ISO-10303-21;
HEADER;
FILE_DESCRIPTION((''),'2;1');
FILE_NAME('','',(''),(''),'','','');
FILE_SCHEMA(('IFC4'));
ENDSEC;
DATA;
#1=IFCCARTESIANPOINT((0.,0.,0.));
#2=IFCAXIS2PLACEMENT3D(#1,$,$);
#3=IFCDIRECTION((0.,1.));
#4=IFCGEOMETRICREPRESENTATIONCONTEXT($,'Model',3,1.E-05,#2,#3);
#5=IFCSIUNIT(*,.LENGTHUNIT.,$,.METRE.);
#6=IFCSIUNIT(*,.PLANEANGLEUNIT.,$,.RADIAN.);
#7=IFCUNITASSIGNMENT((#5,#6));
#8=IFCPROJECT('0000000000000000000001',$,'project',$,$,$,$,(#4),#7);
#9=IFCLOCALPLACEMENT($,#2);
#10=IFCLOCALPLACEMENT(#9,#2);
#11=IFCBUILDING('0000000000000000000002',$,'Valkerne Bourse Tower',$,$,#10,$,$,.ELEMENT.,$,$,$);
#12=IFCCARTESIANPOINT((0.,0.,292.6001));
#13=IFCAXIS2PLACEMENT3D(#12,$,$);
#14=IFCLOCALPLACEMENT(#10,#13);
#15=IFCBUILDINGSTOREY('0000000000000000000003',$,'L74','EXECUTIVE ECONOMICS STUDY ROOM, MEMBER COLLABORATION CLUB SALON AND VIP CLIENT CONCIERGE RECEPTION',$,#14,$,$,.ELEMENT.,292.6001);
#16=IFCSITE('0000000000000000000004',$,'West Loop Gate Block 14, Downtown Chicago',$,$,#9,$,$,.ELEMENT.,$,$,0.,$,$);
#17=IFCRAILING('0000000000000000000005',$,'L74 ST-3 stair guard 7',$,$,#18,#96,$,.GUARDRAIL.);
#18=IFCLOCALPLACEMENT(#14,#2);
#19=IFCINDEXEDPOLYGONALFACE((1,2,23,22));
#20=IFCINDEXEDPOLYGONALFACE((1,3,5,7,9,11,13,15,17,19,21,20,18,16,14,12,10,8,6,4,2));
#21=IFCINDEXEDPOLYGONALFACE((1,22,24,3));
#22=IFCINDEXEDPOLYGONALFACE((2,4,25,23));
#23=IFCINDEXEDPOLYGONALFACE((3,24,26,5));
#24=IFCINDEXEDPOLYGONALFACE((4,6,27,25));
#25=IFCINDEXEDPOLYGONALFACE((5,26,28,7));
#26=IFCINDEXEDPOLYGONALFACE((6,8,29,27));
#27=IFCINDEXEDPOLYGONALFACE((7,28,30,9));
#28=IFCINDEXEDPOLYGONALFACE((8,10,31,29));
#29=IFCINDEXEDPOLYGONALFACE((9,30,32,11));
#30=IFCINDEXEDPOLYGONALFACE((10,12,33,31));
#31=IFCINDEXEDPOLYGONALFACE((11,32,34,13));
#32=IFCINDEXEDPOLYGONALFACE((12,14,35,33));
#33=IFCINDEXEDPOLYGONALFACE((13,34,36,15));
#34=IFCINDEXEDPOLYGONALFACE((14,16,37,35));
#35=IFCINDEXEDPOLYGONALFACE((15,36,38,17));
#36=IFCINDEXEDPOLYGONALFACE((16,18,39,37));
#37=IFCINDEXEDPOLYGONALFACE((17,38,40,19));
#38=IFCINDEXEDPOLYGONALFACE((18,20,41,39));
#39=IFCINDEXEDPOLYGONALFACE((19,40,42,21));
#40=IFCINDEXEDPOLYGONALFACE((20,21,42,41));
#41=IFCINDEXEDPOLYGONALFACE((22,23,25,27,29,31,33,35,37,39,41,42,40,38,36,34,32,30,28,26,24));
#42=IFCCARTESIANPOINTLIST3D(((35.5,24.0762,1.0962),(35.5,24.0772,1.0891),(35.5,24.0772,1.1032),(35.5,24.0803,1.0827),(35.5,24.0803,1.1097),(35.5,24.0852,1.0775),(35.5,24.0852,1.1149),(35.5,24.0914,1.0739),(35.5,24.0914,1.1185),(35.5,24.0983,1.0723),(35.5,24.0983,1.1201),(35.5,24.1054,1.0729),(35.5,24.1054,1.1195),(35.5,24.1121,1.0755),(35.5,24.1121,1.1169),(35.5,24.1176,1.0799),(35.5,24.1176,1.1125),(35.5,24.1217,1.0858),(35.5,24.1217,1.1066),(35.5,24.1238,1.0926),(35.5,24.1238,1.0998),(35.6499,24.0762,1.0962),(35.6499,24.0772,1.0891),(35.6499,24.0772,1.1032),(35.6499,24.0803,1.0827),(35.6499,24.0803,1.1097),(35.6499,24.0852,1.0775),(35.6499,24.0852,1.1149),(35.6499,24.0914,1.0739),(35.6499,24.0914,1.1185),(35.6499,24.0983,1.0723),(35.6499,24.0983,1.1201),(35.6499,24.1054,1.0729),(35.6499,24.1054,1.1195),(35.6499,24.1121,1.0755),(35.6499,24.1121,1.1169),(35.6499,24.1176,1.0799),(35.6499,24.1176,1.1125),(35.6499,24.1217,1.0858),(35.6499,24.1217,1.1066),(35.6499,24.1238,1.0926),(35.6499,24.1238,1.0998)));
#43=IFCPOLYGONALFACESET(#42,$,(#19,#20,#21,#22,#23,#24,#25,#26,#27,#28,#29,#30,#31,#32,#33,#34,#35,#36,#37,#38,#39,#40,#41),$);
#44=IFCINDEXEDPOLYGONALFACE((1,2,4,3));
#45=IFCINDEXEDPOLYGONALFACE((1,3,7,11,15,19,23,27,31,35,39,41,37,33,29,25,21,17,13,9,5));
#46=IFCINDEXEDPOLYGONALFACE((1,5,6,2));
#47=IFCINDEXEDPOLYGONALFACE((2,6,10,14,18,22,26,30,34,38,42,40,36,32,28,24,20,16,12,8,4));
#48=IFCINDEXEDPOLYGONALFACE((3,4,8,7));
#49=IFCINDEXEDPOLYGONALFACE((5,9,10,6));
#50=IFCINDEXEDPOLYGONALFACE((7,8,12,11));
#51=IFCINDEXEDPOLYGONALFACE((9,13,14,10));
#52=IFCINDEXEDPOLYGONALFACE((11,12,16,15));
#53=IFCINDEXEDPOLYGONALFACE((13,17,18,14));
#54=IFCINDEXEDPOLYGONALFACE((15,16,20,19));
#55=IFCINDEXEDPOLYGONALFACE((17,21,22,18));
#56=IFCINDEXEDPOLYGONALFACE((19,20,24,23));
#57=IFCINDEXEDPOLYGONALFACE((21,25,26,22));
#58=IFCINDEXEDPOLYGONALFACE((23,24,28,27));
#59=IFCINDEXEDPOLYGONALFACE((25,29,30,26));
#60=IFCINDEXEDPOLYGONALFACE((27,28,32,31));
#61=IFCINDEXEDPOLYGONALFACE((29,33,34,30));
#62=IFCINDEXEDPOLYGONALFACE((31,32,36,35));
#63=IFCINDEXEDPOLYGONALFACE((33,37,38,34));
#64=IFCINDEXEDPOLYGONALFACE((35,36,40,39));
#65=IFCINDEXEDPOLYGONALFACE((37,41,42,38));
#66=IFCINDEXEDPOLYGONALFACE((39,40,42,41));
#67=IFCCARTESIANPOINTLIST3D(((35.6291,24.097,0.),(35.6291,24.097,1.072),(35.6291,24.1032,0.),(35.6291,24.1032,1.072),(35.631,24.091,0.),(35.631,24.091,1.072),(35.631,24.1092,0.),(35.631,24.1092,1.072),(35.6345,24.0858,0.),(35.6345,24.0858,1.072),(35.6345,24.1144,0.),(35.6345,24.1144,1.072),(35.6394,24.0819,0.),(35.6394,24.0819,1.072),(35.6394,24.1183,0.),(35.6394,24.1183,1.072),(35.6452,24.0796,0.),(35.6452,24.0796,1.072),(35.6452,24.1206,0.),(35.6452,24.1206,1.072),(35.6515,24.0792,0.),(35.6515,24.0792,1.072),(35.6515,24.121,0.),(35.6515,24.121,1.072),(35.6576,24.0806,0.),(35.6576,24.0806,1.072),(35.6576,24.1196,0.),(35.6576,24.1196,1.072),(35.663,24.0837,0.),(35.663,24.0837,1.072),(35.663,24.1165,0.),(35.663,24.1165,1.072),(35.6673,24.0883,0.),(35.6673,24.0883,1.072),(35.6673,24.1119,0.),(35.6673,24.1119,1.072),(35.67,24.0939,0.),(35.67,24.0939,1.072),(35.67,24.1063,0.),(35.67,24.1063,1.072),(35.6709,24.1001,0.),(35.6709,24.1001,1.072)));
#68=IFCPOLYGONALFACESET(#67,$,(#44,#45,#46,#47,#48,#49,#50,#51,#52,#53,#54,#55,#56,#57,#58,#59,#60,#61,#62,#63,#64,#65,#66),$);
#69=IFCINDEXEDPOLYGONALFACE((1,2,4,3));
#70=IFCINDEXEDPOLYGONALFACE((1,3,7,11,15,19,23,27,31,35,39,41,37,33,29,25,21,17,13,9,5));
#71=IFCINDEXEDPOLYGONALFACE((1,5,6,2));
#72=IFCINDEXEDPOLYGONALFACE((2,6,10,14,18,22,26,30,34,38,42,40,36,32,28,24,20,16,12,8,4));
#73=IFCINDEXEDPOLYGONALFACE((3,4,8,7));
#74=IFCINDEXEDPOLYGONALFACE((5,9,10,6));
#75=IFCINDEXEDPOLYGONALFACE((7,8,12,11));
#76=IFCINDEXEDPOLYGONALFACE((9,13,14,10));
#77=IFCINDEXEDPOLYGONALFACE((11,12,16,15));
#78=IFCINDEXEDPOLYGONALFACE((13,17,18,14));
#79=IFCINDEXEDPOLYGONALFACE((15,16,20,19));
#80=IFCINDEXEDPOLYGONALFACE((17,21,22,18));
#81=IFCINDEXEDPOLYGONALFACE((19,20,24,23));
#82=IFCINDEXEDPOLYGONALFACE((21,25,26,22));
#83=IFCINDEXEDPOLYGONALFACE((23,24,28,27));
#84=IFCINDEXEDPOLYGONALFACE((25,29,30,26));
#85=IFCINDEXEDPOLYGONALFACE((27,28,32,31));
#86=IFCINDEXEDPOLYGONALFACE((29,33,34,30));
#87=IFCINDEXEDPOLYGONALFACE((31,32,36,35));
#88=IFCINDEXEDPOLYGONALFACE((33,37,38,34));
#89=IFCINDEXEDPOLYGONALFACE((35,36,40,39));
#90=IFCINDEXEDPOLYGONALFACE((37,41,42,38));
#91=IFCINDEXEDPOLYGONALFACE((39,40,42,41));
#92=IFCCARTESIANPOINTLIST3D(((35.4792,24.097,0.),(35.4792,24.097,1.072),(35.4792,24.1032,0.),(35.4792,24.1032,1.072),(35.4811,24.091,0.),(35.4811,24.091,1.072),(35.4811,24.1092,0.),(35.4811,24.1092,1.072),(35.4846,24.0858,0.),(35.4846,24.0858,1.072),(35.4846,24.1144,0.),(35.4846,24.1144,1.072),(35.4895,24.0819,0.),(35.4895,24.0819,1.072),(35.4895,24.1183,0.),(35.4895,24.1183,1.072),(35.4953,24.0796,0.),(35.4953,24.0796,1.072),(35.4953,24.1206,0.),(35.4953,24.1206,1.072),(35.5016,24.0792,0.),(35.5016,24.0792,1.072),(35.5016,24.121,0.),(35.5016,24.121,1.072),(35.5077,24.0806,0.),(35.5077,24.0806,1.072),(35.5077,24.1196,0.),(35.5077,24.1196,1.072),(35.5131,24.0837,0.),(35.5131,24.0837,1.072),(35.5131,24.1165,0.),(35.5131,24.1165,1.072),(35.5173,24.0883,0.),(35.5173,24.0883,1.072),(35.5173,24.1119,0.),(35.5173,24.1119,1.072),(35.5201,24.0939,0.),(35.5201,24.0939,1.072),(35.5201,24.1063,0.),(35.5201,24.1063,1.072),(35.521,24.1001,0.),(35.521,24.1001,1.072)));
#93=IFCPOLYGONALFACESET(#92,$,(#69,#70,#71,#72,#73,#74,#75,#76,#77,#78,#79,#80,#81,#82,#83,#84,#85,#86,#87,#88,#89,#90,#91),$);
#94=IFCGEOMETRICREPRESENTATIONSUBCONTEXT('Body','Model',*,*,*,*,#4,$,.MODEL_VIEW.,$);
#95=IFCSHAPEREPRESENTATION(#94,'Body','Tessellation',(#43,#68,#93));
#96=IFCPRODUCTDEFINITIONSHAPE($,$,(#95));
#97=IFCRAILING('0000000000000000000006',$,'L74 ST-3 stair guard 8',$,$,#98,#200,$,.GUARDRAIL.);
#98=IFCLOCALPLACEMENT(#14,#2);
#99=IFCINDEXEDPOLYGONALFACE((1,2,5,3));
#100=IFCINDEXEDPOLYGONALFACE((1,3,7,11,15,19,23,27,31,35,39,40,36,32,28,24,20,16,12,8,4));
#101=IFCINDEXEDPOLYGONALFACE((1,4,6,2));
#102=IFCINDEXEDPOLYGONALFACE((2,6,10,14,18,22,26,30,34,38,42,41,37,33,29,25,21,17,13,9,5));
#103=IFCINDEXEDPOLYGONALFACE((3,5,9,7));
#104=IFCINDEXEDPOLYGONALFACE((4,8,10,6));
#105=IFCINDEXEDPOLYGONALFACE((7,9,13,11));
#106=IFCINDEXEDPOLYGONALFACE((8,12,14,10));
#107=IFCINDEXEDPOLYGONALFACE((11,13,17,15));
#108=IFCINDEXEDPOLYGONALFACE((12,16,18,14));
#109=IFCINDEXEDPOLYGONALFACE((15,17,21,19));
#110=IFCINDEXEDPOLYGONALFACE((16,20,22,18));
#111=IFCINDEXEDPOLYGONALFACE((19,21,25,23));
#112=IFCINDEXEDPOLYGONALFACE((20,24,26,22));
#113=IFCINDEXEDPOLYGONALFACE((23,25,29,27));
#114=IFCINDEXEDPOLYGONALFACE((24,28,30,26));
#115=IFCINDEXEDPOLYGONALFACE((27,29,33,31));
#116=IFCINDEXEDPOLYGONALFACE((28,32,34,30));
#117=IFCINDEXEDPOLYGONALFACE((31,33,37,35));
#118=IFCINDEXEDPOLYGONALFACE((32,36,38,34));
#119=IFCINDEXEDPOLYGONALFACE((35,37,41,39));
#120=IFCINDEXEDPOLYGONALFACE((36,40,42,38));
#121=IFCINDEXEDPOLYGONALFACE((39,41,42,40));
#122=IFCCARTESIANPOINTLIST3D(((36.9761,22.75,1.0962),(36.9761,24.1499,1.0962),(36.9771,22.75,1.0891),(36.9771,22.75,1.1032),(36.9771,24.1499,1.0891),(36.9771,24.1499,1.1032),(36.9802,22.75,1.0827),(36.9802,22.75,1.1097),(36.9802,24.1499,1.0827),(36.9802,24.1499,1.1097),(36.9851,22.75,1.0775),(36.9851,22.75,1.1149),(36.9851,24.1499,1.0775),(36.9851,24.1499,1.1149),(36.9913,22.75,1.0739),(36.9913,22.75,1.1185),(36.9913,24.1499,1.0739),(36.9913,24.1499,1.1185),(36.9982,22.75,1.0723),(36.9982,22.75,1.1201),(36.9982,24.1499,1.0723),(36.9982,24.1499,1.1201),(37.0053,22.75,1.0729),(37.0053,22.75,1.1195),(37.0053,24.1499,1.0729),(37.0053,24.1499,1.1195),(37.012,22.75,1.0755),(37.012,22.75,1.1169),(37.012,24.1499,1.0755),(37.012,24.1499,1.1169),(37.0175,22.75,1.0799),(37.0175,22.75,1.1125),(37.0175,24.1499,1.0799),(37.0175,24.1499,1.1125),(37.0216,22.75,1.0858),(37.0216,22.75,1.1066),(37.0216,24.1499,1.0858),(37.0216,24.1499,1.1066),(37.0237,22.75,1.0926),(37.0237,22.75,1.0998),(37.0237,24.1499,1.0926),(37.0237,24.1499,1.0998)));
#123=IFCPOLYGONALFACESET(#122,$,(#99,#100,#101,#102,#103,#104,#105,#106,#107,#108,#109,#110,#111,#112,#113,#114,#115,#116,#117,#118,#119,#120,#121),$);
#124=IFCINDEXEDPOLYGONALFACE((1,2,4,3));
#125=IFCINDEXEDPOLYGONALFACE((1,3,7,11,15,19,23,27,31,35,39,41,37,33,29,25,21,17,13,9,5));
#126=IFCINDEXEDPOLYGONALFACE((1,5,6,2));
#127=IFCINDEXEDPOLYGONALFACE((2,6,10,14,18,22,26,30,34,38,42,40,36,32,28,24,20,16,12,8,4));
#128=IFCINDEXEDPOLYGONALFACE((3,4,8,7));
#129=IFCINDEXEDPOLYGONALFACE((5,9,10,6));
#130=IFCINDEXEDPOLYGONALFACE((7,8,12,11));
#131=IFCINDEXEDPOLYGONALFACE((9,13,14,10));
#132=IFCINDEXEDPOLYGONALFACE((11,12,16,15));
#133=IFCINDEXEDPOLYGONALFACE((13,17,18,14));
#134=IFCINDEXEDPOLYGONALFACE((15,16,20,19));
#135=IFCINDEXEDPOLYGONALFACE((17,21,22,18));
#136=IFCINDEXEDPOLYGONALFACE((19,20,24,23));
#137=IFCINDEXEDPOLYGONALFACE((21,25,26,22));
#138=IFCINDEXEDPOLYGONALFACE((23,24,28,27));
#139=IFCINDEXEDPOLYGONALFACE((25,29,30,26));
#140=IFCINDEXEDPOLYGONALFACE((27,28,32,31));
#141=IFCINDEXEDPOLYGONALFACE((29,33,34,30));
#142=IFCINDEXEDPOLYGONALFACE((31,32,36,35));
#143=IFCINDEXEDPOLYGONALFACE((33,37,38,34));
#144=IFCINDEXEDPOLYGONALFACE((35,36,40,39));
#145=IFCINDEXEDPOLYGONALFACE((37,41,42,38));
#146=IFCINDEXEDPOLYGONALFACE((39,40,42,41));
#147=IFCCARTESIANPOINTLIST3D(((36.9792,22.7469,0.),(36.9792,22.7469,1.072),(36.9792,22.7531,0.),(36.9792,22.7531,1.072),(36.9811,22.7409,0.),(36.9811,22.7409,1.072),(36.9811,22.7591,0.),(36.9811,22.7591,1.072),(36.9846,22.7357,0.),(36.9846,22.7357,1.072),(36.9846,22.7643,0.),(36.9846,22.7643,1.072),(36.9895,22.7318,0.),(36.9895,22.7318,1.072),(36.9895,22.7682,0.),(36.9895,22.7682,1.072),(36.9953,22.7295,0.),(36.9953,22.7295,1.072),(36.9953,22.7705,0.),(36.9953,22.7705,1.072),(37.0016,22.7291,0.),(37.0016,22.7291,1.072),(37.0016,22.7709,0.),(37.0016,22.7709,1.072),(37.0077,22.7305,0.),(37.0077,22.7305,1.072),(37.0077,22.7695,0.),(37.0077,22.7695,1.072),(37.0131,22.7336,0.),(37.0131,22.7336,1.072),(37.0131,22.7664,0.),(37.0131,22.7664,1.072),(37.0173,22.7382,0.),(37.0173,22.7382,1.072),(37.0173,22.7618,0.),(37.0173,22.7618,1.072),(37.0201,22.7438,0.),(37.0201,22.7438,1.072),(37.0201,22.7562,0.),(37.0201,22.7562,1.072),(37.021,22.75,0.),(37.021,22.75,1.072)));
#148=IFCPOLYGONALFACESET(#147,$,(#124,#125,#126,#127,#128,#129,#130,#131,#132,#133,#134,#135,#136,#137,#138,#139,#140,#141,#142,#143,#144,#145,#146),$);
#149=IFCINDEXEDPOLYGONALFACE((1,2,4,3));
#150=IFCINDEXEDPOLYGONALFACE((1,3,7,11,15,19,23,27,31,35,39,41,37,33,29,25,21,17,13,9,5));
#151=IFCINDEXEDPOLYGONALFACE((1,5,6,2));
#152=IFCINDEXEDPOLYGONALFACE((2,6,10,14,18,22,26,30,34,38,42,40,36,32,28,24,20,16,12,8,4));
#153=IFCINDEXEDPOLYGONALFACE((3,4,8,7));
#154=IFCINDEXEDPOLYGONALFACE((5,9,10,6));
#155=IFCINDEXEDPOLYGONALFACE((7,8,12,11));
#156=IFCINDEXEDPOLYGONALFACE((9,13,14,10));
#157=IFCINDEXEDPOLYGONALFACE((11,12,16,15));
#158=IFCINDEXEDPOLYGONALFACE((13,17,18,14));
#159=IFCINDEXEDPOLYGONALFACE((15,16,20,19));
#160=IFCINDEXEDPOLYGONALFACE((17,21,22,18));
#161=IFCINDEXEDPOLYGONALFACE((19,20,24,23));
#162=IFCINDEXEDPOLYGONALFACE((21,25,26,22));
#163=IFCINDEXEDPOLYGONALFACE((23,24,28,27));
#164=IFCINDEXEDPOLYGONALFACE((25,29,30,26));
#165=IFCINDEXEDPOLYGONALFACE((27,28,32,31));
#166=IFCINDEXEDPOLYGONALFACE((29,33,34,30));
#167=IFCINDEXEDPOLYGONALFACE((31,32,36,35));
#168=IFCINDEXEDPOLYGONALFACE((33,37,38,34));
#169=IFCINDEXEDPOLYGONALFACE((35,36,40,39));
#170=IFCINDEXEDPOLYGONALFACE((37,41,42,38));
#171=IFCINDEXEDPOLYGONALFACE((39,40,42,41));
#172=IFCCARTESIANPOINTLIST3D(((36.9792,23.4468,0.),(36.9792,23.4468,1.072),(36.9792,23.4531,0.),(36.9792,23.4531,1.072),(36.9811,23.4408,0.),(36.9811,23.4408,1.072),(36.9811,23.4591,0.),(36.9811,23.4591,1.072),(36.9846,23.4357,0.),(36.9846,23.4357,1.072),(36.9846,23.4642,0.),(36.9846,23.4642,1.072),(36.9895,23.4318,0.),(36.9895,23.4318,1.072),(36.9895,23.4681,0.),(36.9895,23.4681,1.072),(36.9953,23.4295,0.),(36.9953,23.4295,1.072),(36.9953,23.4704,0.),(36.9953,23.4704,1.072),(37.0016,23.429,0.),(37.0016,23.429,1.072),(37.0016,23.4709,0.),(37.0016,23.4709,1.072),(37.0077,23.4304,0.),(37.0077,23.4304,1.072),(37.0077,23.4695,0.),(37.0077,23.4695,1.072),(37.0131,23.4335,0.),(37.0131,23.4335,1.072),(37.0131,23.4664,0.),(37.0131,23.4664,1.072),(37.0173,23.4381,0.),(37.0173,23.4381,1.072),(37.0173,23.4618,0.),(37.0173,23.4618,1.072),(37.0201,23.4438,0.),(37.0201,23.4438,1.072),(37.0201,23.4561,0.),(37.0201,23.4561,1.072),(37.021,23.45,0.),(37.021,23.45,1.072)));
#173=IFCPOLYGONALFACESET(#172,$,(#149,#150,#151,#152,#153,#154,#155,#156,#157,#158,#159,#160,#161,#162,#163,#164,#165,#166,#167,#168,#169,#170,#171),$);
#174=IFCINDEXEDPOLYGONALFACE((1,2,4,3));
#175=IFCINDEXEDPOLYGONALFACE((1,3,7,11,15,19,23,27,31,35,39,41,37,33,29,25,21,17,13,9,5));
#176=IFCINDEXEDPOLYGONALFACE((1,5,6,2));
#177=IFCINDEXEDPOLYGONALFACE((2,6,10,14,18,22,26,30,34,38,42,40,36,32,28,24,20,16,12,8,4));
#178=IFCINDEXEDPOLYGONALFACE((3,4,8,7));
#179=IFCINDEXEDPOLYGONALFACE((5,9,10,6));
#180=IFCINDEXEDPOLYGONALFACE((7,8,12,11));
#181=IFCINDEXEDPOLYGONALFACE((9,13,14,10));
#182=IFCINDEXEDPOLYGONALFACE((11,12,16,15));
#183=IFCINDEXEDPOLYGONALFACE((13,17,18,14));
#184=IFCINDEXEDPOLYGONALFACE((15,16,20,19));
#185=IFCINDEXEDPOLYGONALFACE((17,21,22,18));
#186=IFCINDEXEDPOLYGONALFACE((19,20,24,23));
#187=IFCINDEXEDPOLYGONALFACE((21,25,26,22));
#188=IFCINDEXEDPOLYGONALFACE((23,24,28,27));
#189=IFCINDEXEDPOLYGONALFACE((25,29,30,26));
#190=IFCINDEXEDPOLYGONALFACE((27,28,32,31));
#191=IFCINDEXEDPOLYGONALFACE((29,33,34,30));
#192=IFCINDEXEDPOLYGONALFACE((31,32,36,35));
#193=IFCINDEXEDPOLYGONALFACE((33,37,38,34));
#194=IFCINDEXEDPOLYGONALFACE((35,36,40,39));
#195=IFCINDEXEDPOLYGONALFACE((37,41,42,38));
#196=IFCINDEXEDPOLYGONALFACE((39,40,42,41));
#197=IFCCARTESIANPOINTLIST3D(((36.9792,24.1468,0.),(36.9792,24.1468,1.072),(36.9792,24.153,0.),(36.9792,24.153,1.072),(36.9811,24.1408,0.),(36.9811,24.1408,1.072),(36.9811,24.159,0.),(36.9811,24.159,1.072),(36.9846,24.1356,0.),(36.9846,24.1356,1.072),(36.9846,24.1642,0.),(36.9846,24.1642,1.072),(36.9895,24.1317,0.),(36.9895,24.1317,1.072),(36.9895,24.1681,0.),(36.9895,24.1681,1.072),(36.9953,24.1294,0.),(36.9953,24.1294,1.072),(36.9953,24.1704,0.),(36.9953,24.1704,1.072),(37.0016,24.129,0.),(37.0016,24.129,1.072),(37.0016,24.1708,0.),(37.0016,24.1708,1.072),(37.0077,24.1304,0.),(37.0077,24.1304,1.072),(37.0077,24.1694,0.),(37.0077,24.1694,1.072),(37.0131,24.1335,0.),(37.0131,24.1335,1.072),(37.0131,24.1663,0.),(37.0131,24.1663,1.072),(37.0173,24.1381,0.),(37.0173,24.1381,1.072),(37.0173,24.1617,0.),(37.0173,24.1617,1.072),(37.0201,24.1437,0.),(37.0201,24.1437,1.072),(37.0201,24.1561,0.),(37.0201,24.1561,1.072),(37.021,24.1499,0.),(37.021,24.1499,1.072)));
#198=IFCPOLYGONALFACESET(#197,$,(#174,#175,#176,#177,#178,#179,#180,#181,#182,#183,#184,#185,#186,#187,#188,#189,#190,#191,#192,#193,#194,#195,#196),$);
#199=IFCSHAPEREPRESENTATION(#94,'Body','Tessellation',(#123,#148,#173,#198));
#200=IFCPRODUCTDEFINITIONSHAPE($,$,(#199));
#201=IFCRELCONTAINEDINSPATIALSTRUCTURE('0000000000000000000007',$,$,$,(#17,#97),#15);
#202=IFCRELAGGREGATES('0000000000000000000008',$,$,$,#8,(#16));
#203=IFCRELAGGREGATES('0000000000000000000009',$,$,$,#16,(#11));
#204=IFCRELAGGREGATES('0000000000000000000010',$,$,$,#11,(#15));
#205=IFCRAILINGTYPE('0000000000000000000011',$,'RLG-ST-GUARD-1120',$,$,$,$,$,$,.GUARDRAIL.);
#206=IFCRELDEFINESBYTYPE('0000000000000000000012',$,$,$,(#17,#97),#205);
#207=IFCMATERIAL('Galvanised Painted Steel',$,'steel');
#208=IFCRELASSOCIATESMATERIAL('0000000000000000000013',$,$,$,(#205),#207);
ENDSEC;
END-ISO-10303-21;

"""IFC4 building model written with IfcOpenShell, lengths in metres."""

from ifc_helpers import new_model, si_unit, direction, frame, origin, origin_2d, place, context, subcontext, project, spatial, circle, extrude, material, type_object, element, save


model = new_model("IFC4")

# Units and contexts
model_context = context("Model", 3, precision=1e-05, world=origin(), true_north=direction((0.0, 1.0)))
body_context = subcontext(model_context, "Body", "Model", "MODEL_VIEW")
ifc_project = project(units=[si_unit("LENGTHUNIT", "METRE"), si_unit("PLANEANGLEUNIT", "RADIAN")], contexts=[model_context])

# Site, building, storey
site_placement = place(None, origin())
site = spatial("IfcSite", under=ifc_project, at=site_placement, Name="West Loop Gate Block 14, Downtown Chicago", CompositionType="ELEMENT", RefElevation=0.0)
building_placement = place(site_placement, origin())
building = spatial("IfcBuilding", under=site, at=building_placement, Name="Valkerne Bourse Tower", CompositionType="ELEMENT")
storey_placement = place(building_placement, frame((0.0, 0.0, 292.6001)))
storey = spatial("IfcBuildingStorey", under=building, at=storey_placement, Name="L74", Description="EXECUTIVE ECONOMICS STUDY ROOM, MEMBER COLLABORATION CLUB SALON AND VIP CLIENT CONCIERGE RECEPTION", CompositionType="ELEMENT", Elevation=292.6001)

# Railings
ifc_material_1 = material(Name="Galvanised Painted Steel", Category="steel")
railing_type_1 = type_object("IfcRailingType", Name="RLG-ST-GUARD-1120", PredefinedType="GUARDRAIL", material=ifc_material_1)
railing_1_placement = place(storey_placement, frame((35.6499, 24.1001, 0.0)))
element("IfcRailing", 1, at=railing_1_placement, inside=storey, type_object=railing_type_1, Name="L74 ST-3 stair guard 7", PredefinedType="GUARDRAIL", context=body_context, shape_type="SweptSolid", body=[
    extrude(circle(Radius=0.0239, at=origin_2d()), frame((0.0, 0.0, 1.0962), z_axis=(-1.0, 0.0, 0.0), x_axis=(0.0, -1.0, 0.0)), (0.0, 0.0, 1.0), 0.1499),
    extrude(circle(Radius=0.021, at=origin_2d()), origin(), (0.0, 0.0, 1.0), 1.072),
    extrude(circle(Radius=0.021, at=origin_2d()), frame((-0.1499, 0.0, 0.0)), (0.0, 0.0, 1.0), 1.072),
])
railing_2_placement = place(storey_placement, frame((37.0, 22.75, 0.0)))
element("IfcRailing", 2, at=railing_2_placement, inside=storey, type_object=railing_type_1, Name="L74 ST-3 stair guard 8", PredefinedType="GUARDRAIL", context=body_context, shape_type="SweptSolid", body=[
    extrude(circle(Radius=0.0239, at=origin_2d()), frame((0.0, 0.0, 1.0962), z_axis=(0.0, 1.0, 0.0), x_axis=(-1.0, 0.0, 0.0)), (0.0, 0.0, 1.0), 1.3999),
    extrude(circle(Radius=0.021, at=origin_2d()), origin(), (0.0, 0.0, 1.0), 1.072),
    extrude(circle(Radius=0.021, at=origin_2d()), frame((0.0, 0.7, 0.0)), (0.0, 0.0, 1.0), 1.072),
    extrude(circle(Radius=0.021, at=origin_2d()), frame((0.0, 1.3999, 0.0)), (0.0, 0.0, 1.0), 1.072),
])

save(model, "model.ifc")
